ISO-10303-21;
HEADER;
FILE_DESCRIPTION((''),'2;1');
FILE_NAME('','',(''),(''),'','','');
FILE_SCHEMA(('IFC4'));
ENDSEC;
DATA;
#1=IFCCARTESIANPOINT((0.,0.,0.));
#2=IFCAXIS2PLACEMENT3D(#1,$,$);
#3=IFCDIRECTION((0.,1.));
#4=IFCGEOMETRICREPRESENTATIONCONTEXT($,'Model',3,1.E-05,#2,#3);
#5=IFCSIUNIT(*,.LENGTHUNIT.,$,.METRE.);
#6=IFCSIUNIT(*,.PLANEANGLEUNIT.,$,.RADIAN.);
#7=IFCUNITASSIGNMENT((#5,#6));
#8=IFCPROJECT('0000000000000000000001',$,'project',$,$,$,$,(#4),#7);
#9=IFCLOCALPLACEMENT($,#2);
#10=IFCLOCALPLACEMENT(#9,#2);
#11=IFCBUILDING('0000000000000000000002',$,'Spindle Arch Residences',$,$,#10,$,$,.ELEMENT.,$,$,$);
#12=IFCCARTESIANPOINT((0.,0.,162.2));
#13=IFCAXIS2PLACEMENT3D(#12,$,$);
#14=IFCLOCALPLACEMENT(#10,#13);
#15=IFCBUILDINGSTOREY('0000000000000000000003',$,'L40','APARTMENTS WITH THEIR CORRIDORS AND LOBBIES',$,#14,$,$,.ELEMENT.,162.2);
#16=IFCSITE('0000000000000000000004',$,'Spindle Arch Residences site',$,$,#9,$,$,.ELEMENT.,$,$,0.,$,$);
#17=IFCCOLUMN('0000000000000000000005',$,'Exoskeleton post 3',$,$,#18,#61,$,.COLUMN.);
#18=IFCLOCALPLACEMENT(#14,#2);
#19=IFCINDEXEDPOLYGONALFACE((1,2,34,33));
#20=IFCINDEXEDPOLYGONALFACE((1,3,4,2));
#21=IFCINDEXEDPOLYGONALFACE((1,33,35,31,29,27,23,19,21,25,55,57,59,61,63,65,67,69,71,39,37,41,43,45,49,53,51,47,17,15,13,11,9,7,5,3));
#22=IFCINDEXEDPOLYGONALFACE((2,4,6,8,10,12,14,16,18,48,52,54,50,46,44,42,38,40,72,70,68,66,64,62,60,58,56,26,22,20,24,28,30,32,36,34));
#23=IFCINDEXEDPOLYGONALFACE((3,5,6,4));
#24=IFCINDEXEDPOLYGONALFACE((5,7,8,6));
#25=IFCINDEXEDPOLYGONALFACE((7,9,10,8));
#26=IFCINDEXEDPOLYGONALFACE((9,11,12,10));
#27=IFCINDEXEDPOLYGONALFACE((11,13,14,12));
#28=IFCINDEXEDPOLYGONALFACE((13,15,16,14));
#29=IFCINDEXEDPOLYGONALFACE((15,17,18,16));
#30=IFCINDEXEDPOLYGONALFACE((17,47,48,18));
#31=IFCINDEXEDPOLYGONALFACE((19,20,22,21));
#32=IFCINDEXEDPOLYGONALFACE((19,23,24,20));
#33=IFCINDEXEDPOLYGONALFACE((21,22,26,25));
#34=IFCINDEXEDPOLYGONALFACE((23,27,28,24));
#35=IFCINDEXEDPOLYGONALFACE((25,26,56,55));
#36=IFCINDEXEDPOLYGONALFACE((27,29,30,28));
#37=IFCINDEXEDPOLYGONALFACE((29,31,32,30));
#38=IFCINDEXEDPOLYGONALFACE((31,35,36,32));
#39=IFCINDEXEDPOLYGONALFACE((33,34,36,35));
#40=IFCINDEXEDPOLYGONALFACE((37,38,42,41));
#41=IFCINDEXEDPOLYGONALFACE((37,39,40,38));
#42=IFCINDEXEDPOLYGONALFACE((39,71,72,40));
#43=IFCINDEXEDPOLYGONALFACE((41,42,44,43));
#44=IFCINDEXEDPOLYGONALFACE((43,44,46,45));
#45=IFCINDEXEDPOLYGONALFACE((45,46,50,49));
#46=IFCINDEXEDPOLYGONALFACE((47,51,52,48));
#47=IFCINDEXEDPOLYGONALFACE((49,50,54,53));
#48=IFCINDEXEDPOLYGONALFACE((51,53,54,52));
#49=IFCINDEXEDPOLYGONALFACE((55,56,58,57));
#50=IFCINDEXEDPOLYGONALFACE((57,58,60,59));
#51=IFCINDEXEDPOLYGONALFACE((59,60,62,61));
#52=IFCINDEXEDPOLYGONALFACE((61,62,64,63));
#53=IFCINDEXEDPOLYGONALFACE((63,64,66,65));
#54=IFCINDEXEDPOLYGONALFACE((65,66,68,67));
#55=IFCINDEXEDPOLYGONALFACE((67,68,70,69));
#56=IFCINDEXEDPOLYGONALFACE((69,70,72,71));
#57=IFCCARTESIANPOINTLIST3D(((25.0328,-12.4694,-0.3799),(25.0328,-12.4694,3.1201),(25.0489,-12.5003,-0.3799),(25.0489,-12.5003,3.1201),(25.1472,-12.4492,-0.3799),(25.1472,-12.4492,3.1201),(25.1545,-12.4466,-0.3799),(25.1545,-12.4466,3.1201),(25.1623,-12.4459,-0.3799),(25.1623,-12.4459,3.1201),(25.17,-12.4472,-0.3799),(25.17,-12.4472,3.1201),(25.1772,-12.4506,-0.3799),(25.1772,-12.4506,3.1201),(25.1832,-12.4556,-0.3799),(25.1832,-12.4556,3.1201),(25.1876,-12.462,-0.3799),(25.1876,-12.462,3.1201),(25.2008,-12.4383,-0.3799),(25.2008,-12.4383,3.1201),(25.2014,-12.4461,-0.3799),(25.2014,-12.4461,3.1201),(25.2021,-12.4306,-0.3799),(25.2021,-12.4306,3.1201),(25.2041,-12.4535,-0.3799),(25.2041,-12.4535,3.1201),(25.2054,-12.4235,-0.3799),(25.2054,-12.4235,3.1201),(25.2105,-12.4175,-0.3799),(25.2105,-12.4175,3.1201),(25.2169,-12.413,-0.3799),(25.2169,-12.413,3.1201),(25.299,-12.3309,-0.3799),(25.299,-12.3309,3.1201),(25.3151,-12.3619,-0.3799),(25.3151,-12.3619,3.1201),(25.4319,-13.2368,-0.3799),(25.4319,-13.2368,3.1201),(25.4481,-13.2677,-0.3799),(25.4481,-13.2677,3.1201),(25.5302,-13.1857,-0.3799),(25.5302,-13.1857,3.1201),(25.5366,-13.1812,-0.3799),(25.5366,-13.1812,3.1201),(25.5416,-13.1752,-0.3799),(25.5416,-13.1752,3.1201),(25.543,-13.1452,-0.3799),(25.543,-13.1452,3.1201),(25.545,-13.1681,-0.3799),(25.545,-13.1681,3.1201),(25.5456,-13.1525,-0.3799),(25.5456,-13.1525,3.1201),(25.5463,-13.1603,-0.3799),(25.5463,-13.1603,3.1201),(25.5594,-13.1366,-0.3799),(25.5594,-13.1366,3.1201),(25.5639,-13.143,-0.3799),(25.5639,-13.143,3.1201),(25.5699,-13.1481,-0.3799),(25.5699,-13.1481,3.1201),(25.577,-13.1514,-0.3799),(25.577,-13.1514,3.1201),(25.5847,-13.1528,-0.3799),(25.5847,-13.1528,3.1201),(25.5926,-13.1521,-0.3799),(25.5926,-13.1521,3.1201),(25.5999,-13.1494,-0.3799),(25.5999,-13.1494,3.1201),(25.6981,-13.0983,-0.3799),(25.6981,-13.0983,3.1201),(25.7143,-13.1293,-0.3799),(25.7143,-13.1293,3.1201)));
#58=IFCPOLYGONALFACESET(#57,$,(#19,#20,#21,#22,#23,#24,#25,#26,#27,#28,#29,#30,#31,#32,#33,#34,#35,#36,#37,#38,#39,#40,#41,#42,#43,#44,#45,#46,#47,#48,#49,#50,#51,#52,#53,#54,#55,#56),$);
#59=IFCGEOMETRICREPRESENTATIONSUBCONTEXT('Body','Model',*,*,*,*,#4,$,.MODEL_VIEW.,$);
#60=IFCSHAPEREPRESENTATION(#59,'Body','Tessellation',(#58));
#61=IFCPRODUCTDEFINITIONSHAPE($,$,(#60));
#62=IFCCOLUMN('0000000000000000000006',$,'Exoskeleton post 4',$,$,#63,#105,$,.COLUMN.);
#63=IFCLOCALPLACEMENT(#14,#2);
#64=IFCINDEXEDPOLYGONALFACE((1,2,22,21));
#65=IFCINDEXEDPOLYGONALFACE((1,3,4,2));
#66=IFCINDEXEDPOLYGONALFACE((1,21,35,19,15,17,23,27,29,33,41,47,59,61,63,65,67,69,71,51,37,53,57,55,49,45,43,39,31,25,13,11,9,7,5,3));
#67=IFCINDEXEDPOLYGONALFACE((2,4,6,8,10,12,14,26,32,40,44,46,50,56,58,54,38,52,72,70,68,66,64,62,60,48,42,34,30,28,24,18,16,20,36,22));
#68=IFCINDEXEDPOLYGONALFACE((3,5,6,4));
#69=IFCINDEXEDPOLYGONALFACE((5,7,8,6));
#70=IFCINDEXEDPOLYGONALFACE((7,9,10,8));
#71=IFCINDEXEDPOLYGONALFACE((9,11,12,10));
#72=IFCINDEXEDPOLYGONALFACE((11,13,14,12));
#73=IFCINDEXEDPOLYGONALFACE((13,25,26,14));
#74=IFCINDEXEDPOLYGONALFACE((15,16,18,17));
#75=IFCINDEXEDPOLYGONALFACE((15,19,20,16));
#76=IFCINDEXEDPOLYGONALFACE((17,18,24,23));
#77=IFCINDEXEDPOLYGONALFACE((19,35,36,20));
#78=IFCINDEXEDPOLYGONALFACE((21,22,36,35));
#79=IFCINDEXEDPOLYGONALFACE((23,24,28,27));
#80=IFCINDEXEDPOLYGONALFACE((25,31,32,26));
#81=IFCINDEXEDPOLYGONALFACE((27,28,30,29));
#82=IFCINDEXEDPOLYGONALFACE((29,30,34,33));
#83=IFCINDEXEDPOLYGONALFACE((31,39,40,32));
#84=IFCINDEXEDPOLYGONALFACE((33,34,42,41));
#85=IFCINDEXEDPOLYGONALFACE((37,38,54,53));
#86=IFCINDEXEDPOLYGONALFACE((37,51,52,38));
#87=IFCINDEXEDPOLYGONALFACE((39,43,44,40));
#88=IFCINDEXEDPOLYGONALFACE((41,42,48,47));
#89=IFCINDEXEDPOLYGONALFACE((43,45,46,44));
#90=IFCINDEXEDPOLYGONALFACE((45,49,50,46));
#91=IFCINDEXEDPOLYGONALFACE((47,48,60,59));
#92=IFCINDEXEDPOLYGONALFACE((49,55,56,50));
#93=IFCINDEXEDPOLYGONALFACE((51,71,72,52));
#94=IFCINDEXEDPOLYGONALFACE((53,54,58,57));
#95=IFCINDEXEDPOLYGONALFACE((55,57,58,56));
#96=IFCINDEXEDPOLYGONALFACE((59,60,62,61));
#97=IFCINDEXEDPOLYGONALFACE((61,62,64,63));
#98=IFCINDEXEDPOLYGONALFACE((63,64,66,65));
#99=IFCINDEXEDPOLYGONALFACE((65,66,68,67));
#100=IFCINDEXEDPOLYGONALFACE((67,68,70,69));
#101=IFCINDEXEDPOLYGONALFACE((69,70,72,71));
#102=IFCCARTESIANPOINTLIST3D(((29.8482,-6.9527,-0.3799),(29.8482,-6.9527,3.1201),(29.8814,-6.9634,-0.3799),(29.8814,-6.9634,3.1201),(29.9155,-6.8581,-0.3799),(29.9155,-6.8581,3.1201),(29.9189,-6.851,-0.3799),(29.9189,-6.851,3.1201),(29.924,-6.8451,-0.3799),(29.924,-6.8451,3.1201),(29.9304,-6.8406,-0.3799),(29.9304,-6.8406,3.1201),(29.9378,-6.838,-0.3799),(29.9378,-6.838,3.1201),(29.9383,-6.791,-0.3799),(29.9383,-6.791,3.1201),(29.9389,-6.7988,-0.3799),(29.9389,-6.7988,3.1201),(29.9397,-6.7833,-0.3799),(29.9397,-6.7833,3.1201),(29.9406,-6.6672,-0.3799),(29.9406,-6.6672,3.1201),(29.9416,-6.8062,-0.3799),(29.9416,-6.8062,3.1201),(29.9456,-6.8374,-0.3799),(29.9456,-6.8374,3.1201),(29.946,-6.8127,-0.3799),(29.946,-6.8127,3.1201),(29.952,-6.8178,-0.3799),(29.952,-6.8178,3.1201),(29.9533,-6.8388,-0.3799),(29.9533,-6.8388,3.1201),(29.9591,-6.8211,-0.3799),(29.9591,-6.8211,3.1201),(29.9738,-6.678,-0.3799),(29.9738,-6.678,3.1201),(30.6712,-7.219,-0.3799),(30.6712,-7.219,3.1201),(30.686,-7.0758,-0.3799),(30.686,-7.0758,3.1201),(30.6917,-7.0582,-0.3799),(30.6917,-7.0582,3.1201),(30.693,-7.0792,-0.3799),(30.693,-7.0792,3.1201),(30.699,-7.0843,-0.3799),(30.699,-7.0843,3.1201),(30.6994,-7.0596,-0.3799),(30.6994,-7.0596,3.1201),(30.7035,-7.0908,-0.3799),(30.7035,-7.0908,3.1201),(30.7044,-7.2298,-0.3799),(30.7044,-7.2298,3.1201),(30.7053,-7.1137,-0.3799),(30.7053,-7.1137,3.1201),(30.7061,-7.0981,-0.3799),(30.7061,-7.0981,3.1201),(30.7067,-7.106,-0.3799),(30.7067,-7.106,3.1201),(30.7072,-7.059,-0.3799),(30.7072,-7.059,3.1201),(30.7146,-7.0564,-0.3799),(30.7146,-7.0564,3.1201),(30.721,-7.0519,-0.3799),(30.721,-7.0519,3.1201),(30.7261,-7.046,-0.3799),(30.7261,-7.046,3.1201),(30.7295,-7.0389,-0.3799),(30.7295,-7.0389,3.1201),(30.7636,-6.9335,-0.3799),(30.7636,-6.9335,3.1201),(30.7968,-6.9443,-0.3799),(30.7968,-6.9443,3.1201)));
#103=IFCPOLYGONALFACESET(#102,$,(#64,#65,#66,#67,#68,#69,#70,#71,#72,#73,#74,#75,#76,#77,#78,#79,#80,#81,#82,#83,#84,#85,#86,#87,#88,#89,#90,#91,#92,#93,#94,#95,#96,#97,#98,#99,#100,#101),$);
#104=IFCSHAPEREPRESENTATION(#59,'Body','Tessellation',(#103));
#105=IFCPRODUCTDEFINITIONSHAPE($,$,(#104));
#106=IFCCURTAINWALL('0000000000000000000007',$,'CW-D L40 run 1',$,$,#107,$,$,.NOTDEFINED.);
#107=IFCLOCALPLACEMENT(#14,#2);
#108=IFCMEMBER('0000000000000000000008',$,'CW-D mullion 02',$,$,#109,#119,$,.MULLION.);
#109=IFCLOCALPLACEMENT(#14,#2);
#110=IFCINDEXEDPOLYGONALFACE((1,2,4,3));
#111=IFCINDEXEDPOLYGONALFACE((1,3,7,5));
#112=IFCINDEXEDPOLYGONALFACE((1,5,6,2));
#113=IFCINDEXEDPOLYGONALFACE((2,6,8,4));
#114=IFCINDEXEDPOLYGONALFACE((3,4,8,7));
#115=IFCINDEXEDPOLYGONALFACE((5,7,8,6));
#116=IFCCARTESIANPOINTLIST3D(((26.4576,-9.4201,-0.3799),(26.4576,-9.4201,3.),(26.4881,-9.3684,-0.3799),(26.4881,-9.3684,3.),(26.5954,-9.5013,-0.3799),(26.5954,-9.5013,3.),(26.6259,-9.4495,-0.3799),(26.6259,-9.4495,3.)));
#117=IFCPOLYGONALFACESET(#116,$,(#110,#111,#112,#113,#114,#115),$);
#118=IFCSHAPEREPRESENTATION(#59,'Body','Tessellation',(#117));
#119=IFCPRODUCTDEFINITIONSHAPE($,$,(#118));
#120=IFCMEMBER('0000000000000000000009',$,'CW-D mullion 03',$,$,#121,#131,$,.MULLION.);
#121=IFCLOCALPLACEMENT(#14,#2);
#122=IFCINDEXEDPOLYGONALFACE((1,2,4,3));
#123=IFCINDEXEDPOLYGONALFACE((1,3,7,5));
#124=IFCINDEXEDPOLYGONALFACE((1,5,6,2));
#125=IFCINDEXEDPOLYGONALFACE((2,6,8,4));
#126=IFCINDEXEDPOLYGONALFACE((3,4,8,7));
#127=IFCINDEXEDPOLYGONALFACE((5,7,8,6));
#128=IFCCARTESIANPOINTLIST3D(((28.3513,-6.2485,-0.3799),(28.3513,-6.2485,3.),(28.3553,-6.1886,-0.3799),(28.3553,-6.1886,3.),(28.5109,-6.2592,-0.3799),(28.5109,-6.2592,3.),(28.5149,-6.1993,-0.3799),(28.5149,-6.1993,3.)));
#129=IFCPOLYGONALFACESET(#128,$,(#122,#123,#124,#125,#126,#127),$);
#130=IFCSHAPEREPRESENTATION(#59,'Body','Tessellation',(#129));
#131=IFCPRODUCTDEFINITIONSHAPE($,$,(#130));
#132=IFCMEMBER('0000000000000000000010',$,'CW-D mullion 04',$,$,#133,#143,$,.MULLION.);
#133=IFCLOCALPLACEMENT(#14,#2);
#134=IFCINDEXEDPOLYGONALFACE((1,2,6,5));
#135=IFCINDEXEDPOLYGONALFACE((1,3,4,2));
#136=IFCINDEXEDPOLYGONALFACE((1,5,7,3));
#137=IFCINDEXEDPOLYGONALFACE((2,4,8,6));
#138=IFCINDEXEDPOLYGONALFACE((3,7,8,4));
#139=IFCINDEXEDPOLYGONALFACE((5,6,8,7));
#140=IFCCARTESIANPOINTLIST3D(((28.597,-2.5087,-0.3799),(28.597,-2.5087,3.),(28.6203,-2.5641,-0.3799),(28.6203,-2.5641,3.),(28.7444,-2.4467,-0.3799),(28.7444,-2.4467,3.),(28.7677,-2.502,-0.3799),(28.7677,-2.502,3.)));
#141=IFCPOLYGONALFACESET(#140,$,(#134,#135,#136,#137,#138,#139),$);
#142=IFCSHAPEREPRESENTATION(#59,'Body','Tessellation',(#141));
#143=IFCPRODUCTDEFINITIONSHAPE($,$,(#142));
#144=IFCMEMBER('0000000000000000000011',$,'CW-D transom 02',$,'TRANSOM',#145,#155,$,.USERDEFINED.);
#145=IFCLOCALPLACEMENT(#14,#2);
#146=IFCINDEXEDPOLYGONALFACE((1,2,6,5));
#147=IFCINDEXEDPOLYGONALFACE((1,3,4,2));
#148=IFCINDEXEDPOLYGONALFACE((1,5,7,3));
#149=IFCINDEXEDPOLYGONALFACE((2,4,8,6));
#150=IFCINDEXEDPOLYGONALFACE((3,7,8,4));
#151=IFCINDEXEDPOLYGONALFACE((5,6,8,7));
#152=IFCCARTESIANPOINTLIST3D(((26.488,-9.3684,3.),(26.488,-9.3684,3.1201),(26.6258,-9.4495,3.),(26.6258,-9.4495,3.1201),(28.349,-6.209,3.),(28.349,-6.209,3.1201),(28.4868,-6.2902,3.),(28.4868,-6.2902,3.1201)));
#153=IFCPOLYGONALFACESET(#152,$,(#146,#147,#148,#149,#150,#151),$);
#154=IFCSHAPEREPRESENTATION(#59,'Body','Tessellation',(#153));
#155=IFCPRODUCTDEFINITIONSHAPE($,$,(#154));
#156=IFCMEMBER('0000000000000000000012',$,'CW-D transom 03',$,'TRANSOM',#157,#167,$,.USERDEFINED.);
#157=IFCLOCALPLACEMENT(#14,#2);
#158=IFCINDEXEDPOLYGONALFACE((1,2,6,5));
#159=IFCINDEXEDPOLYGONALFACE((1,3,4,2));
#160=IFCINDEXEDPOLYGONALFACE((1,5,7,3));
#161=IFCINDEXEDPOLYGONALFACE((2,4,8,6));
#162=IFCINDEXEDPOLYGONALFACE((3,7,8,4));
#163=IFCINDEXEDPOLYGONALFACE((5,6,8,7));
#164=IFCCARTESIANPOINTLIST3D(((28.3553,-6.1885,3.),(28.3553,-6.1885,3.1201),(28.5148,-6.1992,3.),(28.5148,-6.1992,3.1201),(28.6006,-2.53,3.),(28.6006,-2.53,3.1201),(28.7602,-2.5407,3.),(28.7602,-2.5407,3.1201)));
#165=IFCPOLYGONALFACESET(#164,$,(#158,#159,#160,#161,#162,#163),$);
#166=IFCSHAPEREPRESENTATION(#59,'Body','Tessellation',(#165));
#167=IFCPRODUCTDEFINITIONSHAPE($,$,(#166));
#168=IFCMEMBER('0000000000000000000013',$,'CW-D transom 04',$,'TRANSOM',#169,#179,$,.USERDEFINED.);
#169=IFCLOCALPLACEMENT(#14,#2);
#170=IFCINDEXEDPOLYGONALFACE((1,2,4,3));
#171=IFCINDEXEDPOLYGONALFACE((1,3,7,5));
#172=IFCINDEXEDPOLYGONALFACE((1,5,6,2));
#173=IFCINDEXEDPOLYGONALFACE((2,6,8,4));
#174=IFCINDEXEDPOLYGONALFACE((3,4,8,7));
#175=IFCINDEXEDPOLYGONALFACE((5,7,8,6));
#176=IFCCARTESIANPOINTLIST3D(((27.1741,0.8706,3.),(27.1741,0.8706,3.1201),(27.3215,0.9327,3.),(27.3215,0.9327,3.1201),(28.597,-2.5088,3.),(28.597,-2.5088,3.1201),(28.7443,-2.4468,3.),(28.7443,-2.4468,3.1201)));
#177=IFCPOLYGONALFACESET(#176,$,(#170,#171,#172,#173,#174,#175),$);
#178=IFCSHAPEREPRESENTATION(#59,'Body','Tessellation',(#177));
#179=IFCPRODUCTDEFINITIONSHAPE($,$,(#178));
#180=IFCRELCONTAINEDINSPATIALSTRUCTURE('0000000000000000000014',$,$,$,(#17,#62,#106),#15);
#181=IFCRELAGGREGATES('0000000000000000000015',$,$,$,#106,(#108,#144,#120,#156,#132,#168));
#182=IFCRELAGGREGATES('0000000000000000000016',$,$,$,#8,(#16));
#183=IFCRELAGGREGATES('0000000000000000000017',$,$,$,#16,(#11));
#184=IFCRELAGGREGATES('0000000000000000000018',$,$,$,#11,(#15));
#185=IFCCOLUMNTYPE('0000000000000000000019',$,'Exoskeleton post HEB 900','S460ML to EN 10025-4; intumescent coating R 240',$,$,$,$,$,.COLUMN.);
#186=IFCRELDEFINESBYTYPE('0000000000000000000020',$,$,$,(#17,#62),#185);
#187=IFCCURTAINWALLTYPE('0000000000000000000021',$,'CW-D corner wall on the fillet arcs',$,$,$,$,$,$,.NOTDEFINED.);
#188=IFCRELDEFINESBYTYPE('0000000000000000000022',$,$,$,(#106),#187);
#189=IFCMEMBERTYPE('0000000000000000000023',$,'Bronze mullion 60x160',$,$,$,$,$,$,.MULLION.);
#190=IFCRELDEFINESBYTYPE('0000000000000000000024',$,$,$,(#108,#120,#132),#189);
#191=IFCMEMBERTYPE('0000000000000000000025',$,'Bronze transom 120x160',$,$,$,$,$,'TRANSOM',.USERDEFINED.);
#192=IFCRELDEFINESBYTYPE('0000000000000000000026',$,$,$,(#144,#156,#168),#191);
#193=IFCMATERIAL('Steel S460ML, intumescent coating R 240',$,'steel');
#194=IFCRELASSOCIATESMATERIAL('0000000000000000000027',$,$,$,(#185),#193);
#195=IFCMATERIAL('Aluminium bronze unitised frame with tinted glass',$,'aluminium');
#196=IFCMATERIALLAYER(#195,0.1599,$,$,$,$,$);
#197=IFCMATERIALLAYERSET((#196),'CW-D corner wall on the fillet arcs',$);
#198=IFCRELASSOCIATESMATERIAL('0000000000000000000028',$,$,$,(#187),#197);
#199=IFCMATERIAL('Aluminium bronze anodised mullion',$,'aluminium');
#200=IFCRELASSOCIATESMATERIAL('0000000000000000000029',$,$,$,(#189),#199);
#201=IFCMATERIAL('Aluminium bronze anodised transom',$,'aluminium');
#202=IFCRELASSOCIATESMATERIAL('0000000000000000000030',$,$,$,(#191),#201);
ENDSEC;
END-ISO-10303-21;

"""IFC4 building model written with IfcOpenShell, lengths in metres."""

from ifc_helpers import new_model, si_unit, direction, frame, origin, origin_2d, place, context, subcontext, project, spatial, rectangle, i_section, extrude, material, layer, layer_set, material_profile, profile_set, type_object, element, aggregate, save


model = new_model("IFC4")

# Units and contexts
model_context = context("Model", 3, precision=1e-05, world=origin(), true_north=direction((0.0, 1.0)))
body_context = subcontext(model_context, "Body", "Model", "MODEL_VIEW")
ifc_project = project(units=[si_unit("LENGTHUNIT", "METRE"), si_unit("PLANEANGLEUNIT", "RADIAN")], contexts=[model_context])

# Site, building, storey
site_placement = place(None, origin())
site = spatial("IfcSite", under=ifc_project, at=site_placement, Name="Spindle Arch Residences site", CompositionType="ELEMENT", RefElevation=0.0)
building_placement = place(site_placement, origin())
building = spatial("IfcBuilding", under=site, at=building_placement, Name="Spindle Arch Residences", CompositionType="ELEMENT")
storey_placement = place(building_placement, frame((0.0, 0.0, 162.2)))
storey = spatial("IfcBuildingStorey", under=building, at=storey_placement, Name="L40", Description="APARTMENTS WITH THEIR CORRIDORS AND LOBBIES", CompositionType="ELEMENT", Elevation=162.2)

# Columns
ifc_material_1 = material(Name="Steel S460ML, intumescent coating R 240", Category="steel")
ifc_material_profile_1 = material_profile(ifc_material_1, i_section(OverallWidth=0.3, OverallDepth=0.8999, WebThickness=0.0186, FlangeThickness=0.0349, FilletRadius=0.03, at=origin_2d()), Name="HEB 900")
ifc_profile_set_1 = profile_set([ifc_material_profile_1], Name="Steel S460ML, intumescent coating R 240")
column_type = type_object("IfcColumnType", Name="Exoskeleton post HEB 900", Description="S460ML to EN 10025-4; intumescent coating R 240", PredefinedType="COLUMN", material=ifc_profile_set_1)
for number, where, z_axis, x_axis, name in (
    (1, (25.3735, -12.7993, -0.3799), (0.0, 0.0, 1.0), (-0.887176, -0.46143, 0.0), "Exoskeleton post 3"),
    (2, (30.3225, -6.9485, -0.3799), (0.0, 0.0, 1.0), (-0.30788, -0.951425, 0.0), "Exoskeleton post 4"),
):
    element("IfcColumn", number, at=place(storey_placement, frame(where, z_axis=z_axis, x_axis=x_axis)), inside=storey, type_object=column_type, Name=name, PredefinedType="COLUMN", context=body_context, shape_type="SweptSolid", body=[
        extrude(i_section(OverallWidth=0.3, OverallDepth=0.8999, WebThickness=0.0186, FlangeThickness=0.0349, FilletRadius=0.03, at=origin_2d()), origin(), (0.0, 0.0, 1.0), 3.5),
    ])

# Curtain wall, members
ifc_material_2 = material(Name="Aluminium bronze unitised frame with tinted glass", Category="aluminium")
ifc_layer_1 = layer(ifc_material_2, 0.1599)
ifc_layer_set_1 = layer_set([ifc_layer_1], Name="CW-D corner wall on the fillet arcs")
curtain_wall_type = type_object("IfcCurtainWallType", Name="CW-D corner wall on the fillet arcs", PredefinedType="NOTDEFINED", material=ifc_layer_set_1)
curtain_wall_placement = place(storey_placement, origin())
curtain_wall = element("IfcCurtainWall", 3, at=curtain_wall_placement, inside=storey, type_object=curtain_wall_type, Name="CW-D L40 run 1", PredefinedType="NOTDEFINED")
ifc_material_3 = material(Name="Aluminium bronze anodised mullion", Category="aluminium")
ifc_material_profile_2 = material_profile(ifc_material_3, rectangle(XDim=0.1599, YDim=0.0601, at=origin_2d()), Name="MU 60x160")
ifc_profile_set_2 = profile_set([ifc_material_profile_2], Name="Aluminium bronze anodised mullion")
member_type_1 = type_object("IfcMemberType", Name="Bronze mullion 60x160", PredefinedType="MULLION", material=ifc_profile_set_2)
member_1_placement = place(storey_placement, frame((26.5417, -9.4348, -0.3799), z_axis=(0.0, 0.0, 1.0), x_axis=(-0.861629, 0.507538, 0.0)))
member_1 = element("IfcMember", 4, at=member_1_placement, type_object=member_type_1, Name="CW-D mullion 02", PredefinedType="MULLION", context=body_context, shape_type="SweptSolid", body=[
    extrude(rectangle(XDim=0.1599, YDim=0.0601, at=origin_2d()), origin(), (0.0, 0.0, 1.0), 3.3799),
])
member_2_placement = place(storey_placement, frame((28.4331, -6.2239, -0.3799), z_axis=(0.0, 0.0, 1.0), x_axis=(-0.997763, 0.066854, 0.0)))
member_2 = element("IfcMember", 5, at=member_2_placement, type_object=member_type_1, Name="CW-D mullion 03", PredefinedType="MULLION", context=body_context, shape_type="SweptSolid", body=[
    extrude(rectangle(XDim=0.1599, YDim=0.0601, at=origin_2d()), origin(), (0.0, 0.0, 1.0), 3.3799),
])
member_3_placement = place(storey_placement, frame((28.6824, -2.5054, -0.3799), z_axis=(0.0, 0.0, 1.0), x_axis=(-0.921638, -0.388052, 0.0)))
member_3 = element("IfcMember", 6, at=member_3_placement, type_object=member_type_1, Name="CW-D mullion 04", PredefinedType="MULLION", context=body_context, shape_type="SweptSolid", body=[
    extrude(rectangle(XDim=0.1599, YDim=0.0601, at=origin_2d()), origin(), (0.0, 0.0, 1.0), 3.3799),
])
ifc_material_4 = material(Name="Aluminium bronze anodised transom", Category="aluminium")
ifc_material_profile_3 = material_profile(ifc_material_4, rectangle(XDim=0.1599, YDim=0.1201, at=origin_2d()), Name="TR 120x160")
ifc_profile_set_3 = profile_set([ifc_material_profile_3], Name="Aluminium bronze anodised transom")
member_type_2 = type_object("IfcMemberType", Name="Bronze transom 120x160", ElementType="TRANSOM", PredefinedType="USERDEFINED", material=ifc_profile_set_3)
member_4_placement = place(storey_placement, frame((26.5569, -9.4089, 3.0601), z_axis=(0.507547, 0.861624, 0.0), x_axis=(-0.861624, 0.507547, 0.0)))
member_4 = element("IfcMember", 7, at=member_4_placement, type_object=member_type_2, Name="CW-D transom 02", ObjectType="TRANSOM", PredefinedType="USERDEFINED", context=body_context, shape_type="SweptSolid", body=[
    extrude(rectangle(XDim=0.1599, YDim=0.1201, at=origin_2d()), origin(), (0.0, 0.0, 1.0), 3.6667),
])
member_5_placement = place(storey_placement, frame((28.4351, -6.1938, 3.0601), z_axis=(0.066917, 0.997759, 0.0), x_axis=(-0.997759, 0.066917, 0.0)))
member_5 = element("IfcMember", 8, at=member_5_placement, type_object=member_type_2, Name="CW-D transom 03", ObjectType="TRANSOM", PredefinedType="USERDEFINED", context=body_context, shape_type="SweptSolid", body=[
    extrude(rectangle(XDim=0.1599, YDim=0.1201, at=origin_2d()), origin(), (0.0, 0.0, 1.0), 3.6667),
])
member_6_placement = place(storey_placement, frame((28.6707, -2.4778, 3.0601), z_axis=(-0.388045, 0.92164, 0.0), x_axis=(-0.92164, -0.388045, 0.0)))
member_6 = element("IfcMember", 9, at=member_6_placement, type_object=member_type_2, Name="CW-D transom 04", ObjectType="TRANSOM", PredefinedType="USERDEFINED", context=body_context, shape_type="SweptSolid", body=[
    extrude(rectangle(XDim=0.1599, YDim=0.1201, at=origin_2d()), origin(), (0.0, 0.0, 1.0), 3.6667),
])

aggregate(curtain_wall, [member_1, member_4, member_2, member_5, member_3, member_6])

save(model, "model.ifc")
